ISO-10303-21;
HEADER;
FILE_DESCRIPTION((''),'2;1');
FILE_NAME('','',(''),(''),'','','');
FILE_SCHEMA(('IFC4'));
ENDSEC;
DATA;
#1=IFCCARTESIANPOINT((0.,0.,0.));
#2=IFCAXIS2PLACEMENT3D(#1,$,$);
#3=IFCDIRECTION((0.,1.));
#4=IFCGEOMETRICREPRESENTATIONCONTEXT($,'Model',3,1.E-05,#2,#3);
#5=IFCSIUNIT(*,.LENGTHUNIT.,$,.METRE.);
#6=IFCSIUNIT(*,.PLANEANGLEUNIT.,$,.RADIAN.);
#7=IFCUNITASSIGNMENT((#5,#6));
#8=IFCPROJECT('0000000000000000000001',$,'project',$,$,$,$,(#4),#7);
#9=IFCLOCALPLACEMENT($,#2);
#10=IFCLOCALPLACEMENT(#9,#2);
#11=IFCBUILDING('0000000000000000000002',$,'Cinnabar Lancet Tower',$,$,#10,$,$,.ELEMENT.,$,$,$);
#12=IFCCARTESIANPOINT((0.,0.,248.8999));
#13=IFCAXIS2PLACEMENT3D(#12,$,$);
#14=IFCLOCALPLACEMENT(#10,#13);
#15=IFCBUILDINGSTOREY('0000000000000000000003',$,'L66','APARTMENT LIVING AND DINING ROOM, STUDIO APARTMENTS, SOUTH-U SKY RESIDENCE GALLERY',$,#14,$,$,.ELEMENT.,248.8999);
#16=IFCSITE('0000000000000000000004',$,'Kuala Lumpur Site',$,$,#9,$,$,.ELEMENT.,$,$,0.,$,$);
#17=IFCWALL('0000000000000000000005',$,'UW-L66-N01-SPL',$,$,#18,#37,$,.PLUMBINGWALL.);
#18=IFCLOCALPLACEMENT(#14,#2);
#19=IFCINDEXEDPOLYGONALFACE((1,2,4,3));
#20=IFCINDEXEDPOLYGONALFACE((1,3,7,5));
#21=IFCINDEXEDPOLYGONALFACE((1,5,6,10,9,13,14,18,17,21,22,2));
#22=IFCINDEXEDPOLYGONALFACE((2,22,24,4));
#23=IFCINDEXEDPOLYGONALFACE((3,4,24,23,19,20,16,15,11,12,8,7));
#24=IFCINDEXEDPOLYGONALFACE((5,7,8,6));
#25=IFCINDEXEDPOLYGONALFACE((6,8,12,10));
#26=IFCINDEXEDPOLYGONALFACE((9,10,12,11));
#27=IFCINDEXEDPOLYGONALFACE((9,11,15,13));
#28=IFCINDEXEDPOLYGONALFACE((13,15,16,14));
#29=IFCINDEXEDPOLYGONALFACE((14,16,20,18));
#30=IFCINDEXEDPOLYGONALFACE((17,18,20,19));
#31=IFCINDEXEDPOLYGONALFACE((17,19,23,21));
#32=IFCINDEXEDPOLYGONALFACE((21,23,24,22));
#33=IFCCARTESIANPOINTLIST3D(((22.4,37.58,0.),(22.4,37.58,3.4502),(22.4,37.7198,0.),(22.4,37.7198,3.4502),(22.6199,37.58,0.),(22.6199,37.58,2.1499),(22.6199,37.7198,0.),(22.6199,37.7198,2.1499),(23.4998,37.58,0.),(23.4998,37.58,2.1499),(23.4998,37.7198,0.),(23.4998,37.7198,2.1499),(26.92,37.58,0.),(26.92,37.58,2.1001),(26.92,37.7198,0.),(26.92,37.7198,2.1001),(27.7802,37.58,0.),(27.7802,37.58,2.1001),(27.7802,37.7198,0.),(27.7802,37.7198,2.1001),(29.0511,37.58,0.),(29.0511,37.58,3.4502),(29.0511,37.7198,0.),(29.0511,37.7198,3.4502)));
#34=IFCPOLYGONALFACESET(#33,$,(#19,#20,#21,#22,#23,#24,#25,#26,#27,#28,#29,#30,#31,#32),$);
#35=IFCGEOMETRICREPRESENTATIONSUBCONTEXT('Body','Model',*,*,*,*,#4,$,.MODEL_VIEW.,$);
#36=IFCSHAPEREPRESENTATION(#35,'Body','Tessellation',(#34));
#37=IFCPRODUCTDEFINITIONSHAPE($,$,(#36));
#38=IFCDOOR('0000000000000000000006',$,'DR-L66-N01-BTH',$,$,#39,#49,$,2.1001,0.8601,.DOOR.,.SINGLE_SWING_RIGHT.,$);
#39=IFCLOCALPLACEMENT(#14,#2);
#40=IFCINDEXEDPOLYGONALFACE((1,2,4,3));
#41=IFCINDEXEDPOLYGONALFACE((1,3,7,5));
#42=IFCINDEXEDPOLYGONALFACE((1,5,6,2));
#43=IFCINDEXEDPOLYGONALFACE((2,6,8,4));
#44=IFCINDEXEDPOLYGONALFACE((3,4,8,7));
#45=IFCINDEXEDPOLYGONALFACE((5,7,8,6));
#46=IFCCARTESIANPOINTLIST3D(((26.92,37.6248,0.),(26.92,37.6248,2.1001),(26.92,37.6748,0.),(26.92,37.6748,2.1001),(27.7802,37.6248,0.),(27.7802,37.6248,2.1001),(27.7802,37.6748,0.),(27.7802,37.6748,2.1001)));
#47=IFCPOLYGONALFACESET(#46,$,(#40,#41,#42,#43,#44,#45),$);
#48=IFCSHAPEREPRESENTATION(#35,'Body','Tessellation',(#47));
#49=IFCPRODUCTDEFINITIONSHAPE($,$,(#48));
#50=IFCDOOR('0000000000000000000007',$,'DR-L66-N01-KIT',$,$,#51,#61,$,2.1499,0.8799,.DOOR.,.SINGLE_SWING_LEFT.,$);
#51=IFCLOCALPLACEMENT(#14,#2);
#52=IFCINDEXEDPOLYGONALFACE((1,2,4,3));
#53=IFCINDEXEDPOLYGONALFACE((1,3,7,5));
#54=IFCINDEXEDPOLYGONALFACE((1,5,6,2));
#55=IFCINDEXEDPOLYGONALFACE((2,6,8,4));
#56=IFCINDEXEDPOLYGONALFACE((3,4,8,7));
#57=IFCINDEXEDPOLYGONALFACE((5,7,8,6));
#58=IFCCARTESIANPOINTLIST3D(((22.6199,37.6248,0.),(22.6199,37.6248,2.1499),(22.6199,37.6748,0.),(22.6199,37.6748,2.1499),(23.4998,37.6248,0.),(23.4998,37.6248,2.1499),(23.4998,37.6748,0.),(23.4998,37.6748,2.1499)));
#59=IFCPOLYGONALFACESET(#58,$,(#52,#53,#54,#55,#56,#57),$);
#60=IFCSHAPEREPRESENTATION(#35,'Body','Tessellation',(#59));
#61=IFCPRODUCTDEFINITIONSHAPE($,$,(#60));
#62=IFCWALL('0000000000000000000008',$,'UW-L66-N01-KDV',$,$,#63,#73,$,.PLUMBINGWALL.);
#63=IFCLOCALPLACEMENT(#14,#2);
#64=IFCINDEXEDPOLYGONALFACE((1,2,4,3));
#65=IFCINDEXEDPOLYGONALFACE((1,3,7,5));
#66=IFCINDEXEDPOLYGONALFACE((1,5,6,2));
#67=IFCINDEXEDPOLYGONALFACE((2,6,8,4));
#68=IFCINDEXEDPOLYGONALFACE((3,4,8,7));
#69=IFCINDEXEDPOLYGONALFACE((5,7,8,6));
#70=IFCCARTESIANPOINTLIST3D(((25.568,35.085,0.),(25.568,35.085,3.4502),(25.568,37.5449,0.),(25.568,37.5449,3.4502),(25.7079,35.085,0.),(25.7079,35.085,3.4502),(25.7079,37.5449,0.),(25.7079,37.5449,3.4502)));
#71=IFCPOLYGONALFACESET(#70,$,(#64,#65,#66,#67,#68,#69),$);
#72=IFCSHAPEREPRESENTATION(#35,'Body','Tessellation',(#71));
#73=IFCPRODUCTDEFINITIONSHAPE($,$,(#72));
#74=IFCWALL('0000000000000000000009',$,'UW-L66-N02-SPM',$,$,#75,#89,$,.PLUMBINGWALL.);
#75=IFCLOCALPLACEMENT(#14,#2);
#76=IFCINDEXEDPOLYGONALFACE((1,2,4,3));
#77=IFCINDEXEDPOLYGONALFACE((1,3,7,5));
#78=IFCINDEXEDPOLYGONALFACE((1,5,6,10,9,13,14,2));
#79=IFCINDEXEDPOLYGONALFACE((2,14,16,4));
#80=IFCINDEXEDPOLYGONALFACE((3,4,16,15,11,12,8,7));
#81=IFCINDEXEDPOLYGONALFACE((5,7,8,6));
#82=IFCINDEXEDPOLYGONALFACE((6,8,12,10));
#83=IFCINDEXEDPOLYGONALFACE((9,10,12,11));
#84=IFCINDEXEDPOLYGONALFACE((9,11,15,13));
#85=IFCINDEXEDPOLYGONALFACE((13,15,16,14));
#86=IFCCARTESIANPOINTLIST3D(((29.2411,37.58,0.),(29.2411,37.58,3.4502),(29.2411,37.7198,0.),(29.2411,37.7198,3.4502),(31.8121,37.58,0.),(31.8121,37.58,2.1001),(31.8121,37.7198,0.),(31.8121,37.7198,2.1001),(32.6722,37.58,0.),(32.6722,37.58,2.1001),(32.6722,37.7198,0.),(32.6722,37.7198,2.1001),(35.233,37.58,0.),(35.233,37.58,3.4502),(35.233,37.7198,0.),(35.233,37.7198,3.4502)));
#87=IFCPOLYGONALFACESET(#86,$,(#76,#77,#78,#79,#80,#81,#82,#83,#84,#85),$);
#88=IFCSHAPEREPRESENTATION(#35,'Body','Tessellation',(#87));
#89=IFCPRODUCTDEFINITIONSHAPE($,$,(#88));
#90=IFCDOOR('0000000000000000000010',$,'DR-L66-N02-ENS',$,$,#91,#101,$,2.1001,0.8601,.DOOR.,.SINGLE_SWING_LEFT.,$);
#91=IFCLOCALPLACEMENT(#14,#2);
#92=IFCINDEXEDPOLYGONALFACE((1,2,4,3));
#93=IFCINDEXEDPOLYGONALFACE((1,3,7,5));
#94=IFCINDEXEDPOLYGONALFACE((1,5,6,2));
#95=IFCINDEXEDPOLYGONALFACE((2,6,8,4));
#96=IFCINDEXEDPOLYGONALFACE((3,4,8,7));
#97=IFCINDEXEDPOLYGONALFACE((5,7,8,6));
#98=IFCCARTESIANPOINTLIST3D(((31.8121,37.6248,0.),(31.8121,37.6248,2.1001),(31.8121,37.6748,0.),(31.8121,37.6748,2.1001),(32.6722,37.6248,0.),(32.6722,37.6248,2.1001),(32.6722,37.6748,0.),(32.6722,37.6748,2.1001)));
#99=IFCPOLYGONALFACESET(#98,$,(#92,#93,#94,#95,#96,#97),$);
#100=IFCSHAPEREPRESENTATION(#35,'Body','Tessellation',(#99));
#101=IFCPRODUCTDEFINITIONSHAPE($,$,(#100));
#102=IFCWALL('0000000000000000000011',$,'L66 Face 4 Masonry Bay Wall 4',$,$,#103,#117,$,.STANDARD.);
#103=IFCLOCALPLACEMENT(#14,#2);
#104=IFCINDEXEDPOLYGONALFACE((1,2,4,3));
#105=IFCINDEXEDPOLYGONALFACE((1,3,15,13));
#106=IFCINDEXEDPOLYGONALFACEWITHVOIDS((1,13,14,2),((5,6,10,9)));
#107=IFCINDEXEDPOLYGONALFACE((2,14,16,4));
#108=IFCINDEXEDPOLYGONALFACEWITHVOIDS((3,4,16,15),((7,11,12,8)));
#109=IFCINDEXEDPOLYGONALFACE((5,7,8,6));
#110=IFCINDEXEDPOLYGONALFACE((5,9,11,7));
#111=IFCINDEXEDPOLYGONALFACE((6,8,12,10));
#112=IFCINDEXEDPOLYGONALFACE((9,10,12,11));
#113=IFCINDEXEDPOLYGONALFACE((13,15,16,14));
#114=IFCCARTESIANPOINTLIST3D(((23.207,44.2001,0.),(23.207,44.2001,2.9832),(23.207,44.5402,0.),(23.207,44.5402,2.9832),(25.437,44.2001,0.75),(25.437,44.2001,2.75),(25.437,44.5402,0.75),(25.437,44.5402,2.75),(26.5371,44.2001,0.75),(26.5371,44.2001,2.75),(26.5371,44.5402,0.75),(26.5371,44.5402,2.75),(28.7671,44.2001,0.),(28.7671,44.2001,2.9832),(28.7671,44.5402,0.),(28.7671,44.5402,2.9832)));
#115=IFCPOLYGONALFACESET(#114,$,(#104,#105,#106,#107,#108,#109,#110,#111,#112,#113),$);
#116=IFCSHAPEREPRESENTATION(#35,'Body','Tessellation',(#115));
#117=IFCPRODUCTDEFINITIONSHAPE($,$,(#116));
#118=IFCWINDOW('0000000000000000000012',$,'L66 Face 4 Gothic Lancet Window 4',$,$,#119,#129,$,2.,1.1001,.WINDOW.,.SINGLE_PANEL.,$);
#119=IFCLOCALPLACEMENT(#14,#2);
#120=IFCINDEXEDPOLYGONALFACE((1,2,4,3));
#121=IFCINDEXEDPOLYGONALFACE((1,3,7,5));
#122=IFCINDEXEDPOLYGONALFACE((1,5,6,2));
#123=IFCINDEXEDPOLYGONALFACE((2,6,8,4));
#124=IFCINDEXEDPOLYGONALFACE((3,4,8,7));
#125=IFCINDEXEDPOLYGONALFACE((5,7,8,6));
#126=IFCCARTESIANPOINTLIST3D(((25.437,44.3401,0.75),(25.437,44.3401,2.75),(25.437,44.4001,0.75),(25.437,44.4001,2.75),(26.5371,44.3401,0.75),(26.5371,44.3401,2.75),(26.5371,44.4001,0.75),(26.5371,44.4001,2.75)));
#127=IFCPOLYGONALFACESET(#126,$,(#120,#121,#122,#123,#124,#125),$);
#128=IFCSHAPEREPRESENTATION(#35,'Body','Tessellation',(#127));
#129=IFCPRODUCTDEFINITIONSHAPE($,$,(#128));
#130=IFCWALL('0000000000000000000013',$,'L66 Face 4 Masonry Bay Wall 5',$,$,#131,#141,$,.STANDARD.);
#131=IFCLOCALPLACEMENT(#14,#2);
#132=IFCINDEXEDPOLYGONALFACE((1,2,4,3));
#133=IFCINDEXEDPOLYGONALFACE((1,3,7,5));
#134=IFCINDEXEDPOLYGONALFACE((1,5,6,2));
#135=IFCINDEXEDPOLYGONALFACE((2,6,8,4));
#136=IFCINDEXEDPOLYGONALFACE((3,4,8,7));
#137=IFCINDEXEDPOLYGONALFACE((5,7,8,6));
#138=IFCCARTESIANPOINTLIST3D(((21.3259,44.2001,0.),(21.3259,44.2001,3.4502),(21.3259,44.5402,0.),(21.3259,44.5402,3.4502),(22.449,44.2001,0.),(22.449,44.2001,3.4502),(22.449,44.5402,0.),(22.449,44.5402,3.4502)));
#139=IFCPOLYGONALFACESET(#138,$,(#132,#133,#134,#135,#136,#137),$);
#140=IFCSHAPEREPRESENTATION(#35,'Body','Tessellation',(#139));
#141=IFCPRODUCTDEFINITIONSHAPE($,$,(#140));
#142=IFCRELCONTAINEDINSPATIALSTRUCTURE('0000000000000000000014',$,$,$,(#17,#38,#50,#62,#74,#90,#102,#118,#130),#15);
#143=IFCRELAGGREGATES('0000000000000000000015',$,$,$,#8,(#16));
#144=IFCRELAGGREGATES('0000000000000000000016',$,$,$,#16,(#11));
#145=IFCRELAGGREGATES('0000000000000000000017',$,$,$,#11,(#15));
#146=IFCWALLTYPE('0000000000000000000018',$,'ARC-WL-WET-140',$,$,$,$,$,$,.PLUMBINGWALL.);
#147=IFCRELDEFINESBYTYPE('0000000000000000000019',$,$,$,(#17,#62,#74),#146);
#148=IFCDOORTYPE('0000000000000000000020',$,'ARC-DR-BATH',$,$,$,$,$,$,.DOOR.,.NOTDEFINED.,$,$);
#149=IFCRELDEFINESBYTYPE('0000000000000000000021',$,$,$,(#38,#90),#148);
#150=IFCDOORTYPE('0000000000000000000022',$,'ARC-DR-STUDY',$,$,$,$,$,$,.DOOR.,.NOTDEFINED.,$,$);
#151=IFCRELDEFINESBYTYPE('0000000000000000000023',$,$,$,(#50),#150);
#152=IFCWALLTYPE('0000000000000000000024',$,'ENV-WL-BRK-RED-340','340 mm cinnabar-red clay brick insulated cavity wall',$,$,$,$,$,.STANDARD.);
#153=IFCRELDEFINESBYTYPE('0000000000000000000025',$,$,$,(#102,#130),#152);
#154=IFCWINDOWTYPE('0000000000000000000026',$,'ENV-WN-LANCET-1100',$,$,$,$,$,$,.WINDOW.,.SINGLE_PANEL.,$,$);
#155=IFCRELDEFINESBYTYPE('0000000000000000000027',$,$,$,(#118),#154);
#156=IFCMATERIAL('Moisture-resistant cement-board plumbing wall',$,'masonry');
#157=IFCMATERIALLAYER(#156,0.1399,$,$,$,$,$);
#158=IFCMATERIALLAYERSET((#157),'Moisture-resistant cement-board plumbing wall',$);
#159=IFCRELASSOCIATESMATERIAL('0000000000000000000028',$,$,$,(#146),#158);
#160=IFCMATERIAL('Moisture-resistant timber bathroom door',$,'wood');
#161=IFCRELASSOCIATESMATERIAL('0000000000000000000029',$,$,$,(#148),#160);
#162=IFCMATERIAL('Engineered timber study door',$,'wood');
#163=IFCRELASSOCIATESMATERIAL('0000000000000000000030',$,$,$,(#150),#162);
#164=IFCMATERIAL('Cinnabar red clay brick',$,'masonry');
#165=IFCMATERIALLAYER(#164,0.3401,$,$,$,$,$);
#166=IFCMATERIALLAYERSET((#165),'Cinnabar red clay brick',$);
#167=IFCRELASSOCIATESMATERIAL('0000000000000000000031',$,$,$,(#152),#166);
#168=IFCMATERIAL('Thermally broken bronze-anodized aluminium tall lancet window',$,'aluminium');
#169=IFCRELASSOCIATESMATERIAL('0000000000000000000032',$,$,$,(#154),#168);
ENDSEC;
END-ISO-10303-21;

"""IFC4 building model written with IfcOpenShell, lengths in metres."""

from ifc_helpers import new_model, si_unit, direction, frame, frame_2d, origin, place, context, subcontext, project, spatial, rectangle, extrude, material, layer, layer_set, type_object, element, fill, save


model = new_model("IFC4")

# Units and contexts
model_context = context("Model", 3, precision=1e-05, world=origin(), true_north=direction((0.0, 1.0)))
body_context = subcontext(model_context, "Body", "Model", "MODEL_VIEW")
ifc_project = project(units=[si_unit("LENGTHUNIT", "METRE"), si_unit("PLANEANGLEUNIT", "RADIAN")], contexts=[model_context])

# Site, building, storey
site_placement = place(None, origin())
site = spatial("IfcSite", under=ifc_project, at=site_placement, Name="Kuala Lumpur Site", CompositionType="ELEMENT", RefElevation=0.0)
building_placement = place(site_placement, origin())
building = spatial("IfcBuilding", under=site, at=building_placement, Name="Cinnabar Lancet Tower", CompositionType="ELEMENT")
storey_placement = place(building_placement, frame((0.0, 0.0, 248.8999)))
storey = spatial("IfcBuildingStorey", under=building, at=storey_placement, Name="L66", Description="APARTMENT LIVING AND DINING ROOM, STUDIO APARTMENTS, SOUTH-U SKY RESIDENCE GALLERY", CompositionType="ELEMENT", Elevation=248.8999)

# Wall, openings, doors
ifc_material_1 = material(Name="Moisture-resistant cement-board plumbing wall", Category="masonry")
ifc_layer_1 = layer(ifc_material_1, 0.1399)
ifc_layer_set_1 = layer_set([ifc_layer_1], Name="Moisture-resistant cement-board plumbing wall")
wall_type_1 = type_object("IfcWallType", Name="ARC-WL-WET-140", PredefinedType="PLUMBINGWALL", material=ifc_layer_set_1)
wall_1_placement = place(storey_placement, frame((22.3999, 37.6499, 0.0), z_axis=(0.0, 0.0, 1.0), x_axis=(1.0, 0.0, 0.0)))
wall_1 = element("IfcWall", 1, at=wall_1_placement, inside=storey, type_object=wall_type_1, Name="UW-L66-N01-SPL", PredefinedType="PLUMBINGWALL", context=body_context, shape_type="SweptSolid", body=[
    extrude(rectangle(XDim=6.6511, YDim=0.1399, at=frame_2d((3.3257, 0.0))), origin(), (0.0, 0.0, 1.0), 3.4502),
])
opening_1_placement = place(wall_1_placement, frame((4.52, 0.0, 0.0)))
opening_1 = element("IfcOpeningElement", 2, at=opening_1_placement, cuts=wall_1, PredefinedType="OPENING", context=body_context, shape_type="SweptSolid", body=[
    extrude(rectangle(XDim=0.8601, YDim=2.1001, at=frame_2d((0.4302, 1.05))), frame((0.0, 0.0798, 0.0), z_axis=(0.0, -1.0, 0.0), x_axis=(1.0, 0.0, 0.0)), (0.0, 0.0, 1.0), 0.1599),
])
opening_2_placement = place(wall_1_placement, frame((0.22, 0.0, 0.0)))
opening_2 = element("IfcOpeningElement", 3, at=opening_2_placement, cuts=wall_1, PredefinedType="OPENING", context=body_context, shape_type="SweptSolid", body=[
    extrude(rectangle(XDim=0.8799, YDim=2.1499, at=frame_2d((0.4399, 1.075))), frame((0.0, 0.0798, 0.0), z_axis=(0.0, -1.0, 0.0), x_axis=(1.0, 0.0, 0.0)), (0.0, 0.0, 1.0), 0.1599),
])
ifc_material_2 = material(Name="Moisture-resistant timber bathroom door", Category="wood")
door_type_1 = type_object("IfcDoorType", Name="ARC-DR-BATH", OperationType="NOTDEFINED", PredefinedType="DOOR", material=ifc_material_2)
door_1_placement = place(opening_1_placement, origin())
door_1 = element("IfcDoor", 4, at=door_1_placement, inside=storey, type_object=door_type_1, Name="DR-L66-N01-BTH", OperationType="SINGLE_SWING_RIGHT", OverallHeight=2.1001, OverallWidth=0.8601, PredefinedType="DOOR", context=body_context, shape_type="SweptSolid", body=[
    extrude(rectangle(XDim=0.8601, YDim=2.1001, at=frame_2d((0.4302, 1.05))), frame((0.0, 0.0249, 0.0), z_axis=(0.0, -1.0, 0.0), x_axis=(1.0, 0.0, 0.0)), (0.0, 0.0, 1.0), 0.05),
])
fill(opening_1, door_1)
ifc_material_3 = material(Name="Engineered timber study door", Category="wood")
door_type_2 = type_object("IfcDoorType", Name="ARC-DR-STUDY", OperationType="NOTDEFINED", PredefinedType="DOOR", material=ifc_material_3)
door_2_placement = place(opening_2_placement, origin())
door_2 = element("IfcDoor", 5, at=door_2_placement, inside=storey, type_object=door_type_2, Name="DR-L66-N01-KIT", OperationType="SINGLE_SWING_LEFT", OverallHeight=2.1499, OverallWidth=0.8799, PredefinedType="DOOR", context=body_context, shape_type="SweptSolid", body=[
    extrude(rectangle(XDim=0.8799, YDim=2.1499, at=frame_2d((0.4399, 1.075))), frame((0.0, 0.0249, 0.0), z_axis=(0.0, -1.0, 0.0), x_axis=(1.0, 0.0, 0.0)), (0.0, 0.0, 1.0), 0.05),
])
fill(opening_2, door_2)

# Wall
wall_2_placement = place(storey_placement, frame((25.6379, 35.085, 0.0), z_axis=(0.0, 0.0, 1.0), x_axis=(0.0, 1.0, 0.0)))
element("IfcWall", 6, at=wall_2_placement, inside=storey, type_object=wall_type_1, Name="UW-L66-N01-KDV", PredefinedType="PLUMBINGWALL", context=body_context, shape_type="SweptSolid", body=[
    extrude(rectangle(XDim=2.46, YDim=0.1399, at=frame_2d((1.23, 0.0))), origin(), (0.0, 0.0, 1.0), 3.4502),
])

# Wall, opening, door
wall_3_placement = place(storey_placement, frame((29.241, 37.6499, 0.0), z_axis=(0.0, 0.0, 1.0), x_axis=(1.0, 0.0, 0.0)))
wall_3 = element("IfcWall", 7, at=wall_3_placement, inside=storey, type_object=wall_type_1, Name="UW-L66-N02-SPM", PredefinedType="PLUMBINGWALL", context=body_context, shape_type="SweptSolid", body=[
    extrude(rectangle(XDim=5.9919, YDim=0.1399, at=frame_2d((2.9961, 0.0))), origin(), (0.0, 0.0, 1.0), 3.4502),
])
opening_3_placement = place(wall_3_placement, frame((2.571, 0.0, 0.0)))
opening_3 = element("IfcOpeningElement", 8, at=opening_3_placement, cuts=wall_3, PredefinedType="OPENING", context=body_context, shape_type="SweptSolid", body=[
    extrude(rectangle(XDim=0.8601, YDim=2.1001, at=frame_2d((0.4302, 1.05))), frame((0.0, 0.0798, 0.0), z_axis=(0.0, -1.0, 0.0), x_axis=(1.0, 0.0, 0.0)), (0.0, 0.0, 1.0), 0.1599),
])
door_3_placement = place(opening_3_placement, origin())
door_3 = element("IfcDoor", 9, at=door_3_placement, inside=storey, type_object=door_type_1, Name="DR-L66-N02-ENS", OperationType="SINGLE_SWING_LEFT", OverallHeight=2.1001, OverallWidth=0.8601, PredefinedType="DOOR", context=body_context, shape_type="SweptSolid", body=[
    extrude(rectangle(XDim=0.8601, YDim=2.1001, at=frame_2d((0.4302, 1.05))), frame((0.0, 0.0249, 0.0), z_axis=(0.0, -1.0, 0.0), x_axis=(1.0, 0.0, 0.0)), (0.0, 0.0, 1.0), 0.05),
])
fill(opening_3, door_3)

# Wall, opening, window
ifc_material_4 = material(Name="Cinnabar red clay brick", Category="masonry")
ifc_layer_2 = layer(ifc_material_4, 0.3401)
ifc_layer_set_2 = layer_set([ifc_layer_2], Name="Cinnabar red clay brick")
wall_type_2 = type_object("IfcWallType", Name="ENV-WL-BRK-RED-340", Description="340 mm cinnabar-red clay brick insulated cavity wall", PredefinedType="STANDARD", material=ifc_layer_set_2)
wall_4_placement = place(storey_placement, frame((28.7671, 44.3701, 0.0), z_axis=(0.0, 0.0, 1.0), x_axis=(-1.0, 0.0, 0.0)))
wall_4 = element("IfcWall", 10, at=wall_4_placement, inside=storey, type_object=wall_type_2, Name="L66 Face 4 Masonry Bay Wall 4", PredefinedType="STANDARD", context=body_context, shape_type="SweptSolid", body=[
    extrude(rectangle(XDim=5.5601, YDim=0.3401, at=frame_2d((2.78, 0.0))), origin(), (0.0, 0.0, 1.0), 2.9832),
])
opening_4_placement = place(wall_4_placement, frame((2.23, 0.0, 0.75)))
opening_4 = element("IfcOpeningElement", 11, at=opening_4_placement, cuts=wall_4, PredefinedType="OPENING", context=body_context, shape_type="SweptSolid", body=[
    extrude(rectangle(XDim=1.1001, YDim=2.0, at=frame_2d((0.55, 1.0))), frame((0.0, 0.1799, 0.0), z_axis=(0.0, -1.0, 0.0), x_axis=(1.0, 0.0, 0.0)), (0.0, 0.0, 1.0), 0.3601),
])
ifc_material_5 = material(Name="Thermally broken bronze-anodized aluminium tall lancet window", Category="aluminium")
window_type = type_object("IfcWindowType", Name="ENV-WN-LANCET-1100", PartitioningType="SINGLE_PANEL", PredefinedType="WINDOW", material=ifc_material_5)
window_placement = place(opening_4_placement, origin())
window = element("IfcWindow", 12, at=window_placement, inside=storey, type_object=window_type, Name="L66 Face 4 Gothic Lancet Window 4", OverallHeight=2.0, OverallWidth=1.1001, PartitioningType="SINGLE_PANEL", PredefinedType="WINDOW", context=body_context, shape_type="SweptSolid", body=[
    extrude(rectangle(XDim=1.1001, YDim=2.0, at=frame_2d((0.55, 1.0))), frame((0.0, 0.03, 0.0), z_axis=(0.0, -1.0, 0.0), x_axis=(1.0, 0.0, 0.0)), (0.0, 0.0, 1.0), 0.0601),
])
fill(opening_4, window)

# Wall
wall_5_placement = place(storey_placement, frame((22.449, 44.3701, 0.0), z_axis=(0.0, 0.0, 1.0), x_axis=(-1.0, 0.0, 0.0)))
element("IfcWall", 13, at=wall_5_placement, inside=storey, type_object=wall_type_2, Name="L66 Face 4 Masonry Bay Wall 5", PredefinedType="STANDARD", context=body_context, shape_type="SweptSolid", body=[
    extrude(rectangle(XDim=1.123, YDim=0.3401, at=frame_2d((0.5615, 0.0))), origin(), (0.0, 0.0, 1.0), 3.4502),
])

save(model, "model.ifc")
